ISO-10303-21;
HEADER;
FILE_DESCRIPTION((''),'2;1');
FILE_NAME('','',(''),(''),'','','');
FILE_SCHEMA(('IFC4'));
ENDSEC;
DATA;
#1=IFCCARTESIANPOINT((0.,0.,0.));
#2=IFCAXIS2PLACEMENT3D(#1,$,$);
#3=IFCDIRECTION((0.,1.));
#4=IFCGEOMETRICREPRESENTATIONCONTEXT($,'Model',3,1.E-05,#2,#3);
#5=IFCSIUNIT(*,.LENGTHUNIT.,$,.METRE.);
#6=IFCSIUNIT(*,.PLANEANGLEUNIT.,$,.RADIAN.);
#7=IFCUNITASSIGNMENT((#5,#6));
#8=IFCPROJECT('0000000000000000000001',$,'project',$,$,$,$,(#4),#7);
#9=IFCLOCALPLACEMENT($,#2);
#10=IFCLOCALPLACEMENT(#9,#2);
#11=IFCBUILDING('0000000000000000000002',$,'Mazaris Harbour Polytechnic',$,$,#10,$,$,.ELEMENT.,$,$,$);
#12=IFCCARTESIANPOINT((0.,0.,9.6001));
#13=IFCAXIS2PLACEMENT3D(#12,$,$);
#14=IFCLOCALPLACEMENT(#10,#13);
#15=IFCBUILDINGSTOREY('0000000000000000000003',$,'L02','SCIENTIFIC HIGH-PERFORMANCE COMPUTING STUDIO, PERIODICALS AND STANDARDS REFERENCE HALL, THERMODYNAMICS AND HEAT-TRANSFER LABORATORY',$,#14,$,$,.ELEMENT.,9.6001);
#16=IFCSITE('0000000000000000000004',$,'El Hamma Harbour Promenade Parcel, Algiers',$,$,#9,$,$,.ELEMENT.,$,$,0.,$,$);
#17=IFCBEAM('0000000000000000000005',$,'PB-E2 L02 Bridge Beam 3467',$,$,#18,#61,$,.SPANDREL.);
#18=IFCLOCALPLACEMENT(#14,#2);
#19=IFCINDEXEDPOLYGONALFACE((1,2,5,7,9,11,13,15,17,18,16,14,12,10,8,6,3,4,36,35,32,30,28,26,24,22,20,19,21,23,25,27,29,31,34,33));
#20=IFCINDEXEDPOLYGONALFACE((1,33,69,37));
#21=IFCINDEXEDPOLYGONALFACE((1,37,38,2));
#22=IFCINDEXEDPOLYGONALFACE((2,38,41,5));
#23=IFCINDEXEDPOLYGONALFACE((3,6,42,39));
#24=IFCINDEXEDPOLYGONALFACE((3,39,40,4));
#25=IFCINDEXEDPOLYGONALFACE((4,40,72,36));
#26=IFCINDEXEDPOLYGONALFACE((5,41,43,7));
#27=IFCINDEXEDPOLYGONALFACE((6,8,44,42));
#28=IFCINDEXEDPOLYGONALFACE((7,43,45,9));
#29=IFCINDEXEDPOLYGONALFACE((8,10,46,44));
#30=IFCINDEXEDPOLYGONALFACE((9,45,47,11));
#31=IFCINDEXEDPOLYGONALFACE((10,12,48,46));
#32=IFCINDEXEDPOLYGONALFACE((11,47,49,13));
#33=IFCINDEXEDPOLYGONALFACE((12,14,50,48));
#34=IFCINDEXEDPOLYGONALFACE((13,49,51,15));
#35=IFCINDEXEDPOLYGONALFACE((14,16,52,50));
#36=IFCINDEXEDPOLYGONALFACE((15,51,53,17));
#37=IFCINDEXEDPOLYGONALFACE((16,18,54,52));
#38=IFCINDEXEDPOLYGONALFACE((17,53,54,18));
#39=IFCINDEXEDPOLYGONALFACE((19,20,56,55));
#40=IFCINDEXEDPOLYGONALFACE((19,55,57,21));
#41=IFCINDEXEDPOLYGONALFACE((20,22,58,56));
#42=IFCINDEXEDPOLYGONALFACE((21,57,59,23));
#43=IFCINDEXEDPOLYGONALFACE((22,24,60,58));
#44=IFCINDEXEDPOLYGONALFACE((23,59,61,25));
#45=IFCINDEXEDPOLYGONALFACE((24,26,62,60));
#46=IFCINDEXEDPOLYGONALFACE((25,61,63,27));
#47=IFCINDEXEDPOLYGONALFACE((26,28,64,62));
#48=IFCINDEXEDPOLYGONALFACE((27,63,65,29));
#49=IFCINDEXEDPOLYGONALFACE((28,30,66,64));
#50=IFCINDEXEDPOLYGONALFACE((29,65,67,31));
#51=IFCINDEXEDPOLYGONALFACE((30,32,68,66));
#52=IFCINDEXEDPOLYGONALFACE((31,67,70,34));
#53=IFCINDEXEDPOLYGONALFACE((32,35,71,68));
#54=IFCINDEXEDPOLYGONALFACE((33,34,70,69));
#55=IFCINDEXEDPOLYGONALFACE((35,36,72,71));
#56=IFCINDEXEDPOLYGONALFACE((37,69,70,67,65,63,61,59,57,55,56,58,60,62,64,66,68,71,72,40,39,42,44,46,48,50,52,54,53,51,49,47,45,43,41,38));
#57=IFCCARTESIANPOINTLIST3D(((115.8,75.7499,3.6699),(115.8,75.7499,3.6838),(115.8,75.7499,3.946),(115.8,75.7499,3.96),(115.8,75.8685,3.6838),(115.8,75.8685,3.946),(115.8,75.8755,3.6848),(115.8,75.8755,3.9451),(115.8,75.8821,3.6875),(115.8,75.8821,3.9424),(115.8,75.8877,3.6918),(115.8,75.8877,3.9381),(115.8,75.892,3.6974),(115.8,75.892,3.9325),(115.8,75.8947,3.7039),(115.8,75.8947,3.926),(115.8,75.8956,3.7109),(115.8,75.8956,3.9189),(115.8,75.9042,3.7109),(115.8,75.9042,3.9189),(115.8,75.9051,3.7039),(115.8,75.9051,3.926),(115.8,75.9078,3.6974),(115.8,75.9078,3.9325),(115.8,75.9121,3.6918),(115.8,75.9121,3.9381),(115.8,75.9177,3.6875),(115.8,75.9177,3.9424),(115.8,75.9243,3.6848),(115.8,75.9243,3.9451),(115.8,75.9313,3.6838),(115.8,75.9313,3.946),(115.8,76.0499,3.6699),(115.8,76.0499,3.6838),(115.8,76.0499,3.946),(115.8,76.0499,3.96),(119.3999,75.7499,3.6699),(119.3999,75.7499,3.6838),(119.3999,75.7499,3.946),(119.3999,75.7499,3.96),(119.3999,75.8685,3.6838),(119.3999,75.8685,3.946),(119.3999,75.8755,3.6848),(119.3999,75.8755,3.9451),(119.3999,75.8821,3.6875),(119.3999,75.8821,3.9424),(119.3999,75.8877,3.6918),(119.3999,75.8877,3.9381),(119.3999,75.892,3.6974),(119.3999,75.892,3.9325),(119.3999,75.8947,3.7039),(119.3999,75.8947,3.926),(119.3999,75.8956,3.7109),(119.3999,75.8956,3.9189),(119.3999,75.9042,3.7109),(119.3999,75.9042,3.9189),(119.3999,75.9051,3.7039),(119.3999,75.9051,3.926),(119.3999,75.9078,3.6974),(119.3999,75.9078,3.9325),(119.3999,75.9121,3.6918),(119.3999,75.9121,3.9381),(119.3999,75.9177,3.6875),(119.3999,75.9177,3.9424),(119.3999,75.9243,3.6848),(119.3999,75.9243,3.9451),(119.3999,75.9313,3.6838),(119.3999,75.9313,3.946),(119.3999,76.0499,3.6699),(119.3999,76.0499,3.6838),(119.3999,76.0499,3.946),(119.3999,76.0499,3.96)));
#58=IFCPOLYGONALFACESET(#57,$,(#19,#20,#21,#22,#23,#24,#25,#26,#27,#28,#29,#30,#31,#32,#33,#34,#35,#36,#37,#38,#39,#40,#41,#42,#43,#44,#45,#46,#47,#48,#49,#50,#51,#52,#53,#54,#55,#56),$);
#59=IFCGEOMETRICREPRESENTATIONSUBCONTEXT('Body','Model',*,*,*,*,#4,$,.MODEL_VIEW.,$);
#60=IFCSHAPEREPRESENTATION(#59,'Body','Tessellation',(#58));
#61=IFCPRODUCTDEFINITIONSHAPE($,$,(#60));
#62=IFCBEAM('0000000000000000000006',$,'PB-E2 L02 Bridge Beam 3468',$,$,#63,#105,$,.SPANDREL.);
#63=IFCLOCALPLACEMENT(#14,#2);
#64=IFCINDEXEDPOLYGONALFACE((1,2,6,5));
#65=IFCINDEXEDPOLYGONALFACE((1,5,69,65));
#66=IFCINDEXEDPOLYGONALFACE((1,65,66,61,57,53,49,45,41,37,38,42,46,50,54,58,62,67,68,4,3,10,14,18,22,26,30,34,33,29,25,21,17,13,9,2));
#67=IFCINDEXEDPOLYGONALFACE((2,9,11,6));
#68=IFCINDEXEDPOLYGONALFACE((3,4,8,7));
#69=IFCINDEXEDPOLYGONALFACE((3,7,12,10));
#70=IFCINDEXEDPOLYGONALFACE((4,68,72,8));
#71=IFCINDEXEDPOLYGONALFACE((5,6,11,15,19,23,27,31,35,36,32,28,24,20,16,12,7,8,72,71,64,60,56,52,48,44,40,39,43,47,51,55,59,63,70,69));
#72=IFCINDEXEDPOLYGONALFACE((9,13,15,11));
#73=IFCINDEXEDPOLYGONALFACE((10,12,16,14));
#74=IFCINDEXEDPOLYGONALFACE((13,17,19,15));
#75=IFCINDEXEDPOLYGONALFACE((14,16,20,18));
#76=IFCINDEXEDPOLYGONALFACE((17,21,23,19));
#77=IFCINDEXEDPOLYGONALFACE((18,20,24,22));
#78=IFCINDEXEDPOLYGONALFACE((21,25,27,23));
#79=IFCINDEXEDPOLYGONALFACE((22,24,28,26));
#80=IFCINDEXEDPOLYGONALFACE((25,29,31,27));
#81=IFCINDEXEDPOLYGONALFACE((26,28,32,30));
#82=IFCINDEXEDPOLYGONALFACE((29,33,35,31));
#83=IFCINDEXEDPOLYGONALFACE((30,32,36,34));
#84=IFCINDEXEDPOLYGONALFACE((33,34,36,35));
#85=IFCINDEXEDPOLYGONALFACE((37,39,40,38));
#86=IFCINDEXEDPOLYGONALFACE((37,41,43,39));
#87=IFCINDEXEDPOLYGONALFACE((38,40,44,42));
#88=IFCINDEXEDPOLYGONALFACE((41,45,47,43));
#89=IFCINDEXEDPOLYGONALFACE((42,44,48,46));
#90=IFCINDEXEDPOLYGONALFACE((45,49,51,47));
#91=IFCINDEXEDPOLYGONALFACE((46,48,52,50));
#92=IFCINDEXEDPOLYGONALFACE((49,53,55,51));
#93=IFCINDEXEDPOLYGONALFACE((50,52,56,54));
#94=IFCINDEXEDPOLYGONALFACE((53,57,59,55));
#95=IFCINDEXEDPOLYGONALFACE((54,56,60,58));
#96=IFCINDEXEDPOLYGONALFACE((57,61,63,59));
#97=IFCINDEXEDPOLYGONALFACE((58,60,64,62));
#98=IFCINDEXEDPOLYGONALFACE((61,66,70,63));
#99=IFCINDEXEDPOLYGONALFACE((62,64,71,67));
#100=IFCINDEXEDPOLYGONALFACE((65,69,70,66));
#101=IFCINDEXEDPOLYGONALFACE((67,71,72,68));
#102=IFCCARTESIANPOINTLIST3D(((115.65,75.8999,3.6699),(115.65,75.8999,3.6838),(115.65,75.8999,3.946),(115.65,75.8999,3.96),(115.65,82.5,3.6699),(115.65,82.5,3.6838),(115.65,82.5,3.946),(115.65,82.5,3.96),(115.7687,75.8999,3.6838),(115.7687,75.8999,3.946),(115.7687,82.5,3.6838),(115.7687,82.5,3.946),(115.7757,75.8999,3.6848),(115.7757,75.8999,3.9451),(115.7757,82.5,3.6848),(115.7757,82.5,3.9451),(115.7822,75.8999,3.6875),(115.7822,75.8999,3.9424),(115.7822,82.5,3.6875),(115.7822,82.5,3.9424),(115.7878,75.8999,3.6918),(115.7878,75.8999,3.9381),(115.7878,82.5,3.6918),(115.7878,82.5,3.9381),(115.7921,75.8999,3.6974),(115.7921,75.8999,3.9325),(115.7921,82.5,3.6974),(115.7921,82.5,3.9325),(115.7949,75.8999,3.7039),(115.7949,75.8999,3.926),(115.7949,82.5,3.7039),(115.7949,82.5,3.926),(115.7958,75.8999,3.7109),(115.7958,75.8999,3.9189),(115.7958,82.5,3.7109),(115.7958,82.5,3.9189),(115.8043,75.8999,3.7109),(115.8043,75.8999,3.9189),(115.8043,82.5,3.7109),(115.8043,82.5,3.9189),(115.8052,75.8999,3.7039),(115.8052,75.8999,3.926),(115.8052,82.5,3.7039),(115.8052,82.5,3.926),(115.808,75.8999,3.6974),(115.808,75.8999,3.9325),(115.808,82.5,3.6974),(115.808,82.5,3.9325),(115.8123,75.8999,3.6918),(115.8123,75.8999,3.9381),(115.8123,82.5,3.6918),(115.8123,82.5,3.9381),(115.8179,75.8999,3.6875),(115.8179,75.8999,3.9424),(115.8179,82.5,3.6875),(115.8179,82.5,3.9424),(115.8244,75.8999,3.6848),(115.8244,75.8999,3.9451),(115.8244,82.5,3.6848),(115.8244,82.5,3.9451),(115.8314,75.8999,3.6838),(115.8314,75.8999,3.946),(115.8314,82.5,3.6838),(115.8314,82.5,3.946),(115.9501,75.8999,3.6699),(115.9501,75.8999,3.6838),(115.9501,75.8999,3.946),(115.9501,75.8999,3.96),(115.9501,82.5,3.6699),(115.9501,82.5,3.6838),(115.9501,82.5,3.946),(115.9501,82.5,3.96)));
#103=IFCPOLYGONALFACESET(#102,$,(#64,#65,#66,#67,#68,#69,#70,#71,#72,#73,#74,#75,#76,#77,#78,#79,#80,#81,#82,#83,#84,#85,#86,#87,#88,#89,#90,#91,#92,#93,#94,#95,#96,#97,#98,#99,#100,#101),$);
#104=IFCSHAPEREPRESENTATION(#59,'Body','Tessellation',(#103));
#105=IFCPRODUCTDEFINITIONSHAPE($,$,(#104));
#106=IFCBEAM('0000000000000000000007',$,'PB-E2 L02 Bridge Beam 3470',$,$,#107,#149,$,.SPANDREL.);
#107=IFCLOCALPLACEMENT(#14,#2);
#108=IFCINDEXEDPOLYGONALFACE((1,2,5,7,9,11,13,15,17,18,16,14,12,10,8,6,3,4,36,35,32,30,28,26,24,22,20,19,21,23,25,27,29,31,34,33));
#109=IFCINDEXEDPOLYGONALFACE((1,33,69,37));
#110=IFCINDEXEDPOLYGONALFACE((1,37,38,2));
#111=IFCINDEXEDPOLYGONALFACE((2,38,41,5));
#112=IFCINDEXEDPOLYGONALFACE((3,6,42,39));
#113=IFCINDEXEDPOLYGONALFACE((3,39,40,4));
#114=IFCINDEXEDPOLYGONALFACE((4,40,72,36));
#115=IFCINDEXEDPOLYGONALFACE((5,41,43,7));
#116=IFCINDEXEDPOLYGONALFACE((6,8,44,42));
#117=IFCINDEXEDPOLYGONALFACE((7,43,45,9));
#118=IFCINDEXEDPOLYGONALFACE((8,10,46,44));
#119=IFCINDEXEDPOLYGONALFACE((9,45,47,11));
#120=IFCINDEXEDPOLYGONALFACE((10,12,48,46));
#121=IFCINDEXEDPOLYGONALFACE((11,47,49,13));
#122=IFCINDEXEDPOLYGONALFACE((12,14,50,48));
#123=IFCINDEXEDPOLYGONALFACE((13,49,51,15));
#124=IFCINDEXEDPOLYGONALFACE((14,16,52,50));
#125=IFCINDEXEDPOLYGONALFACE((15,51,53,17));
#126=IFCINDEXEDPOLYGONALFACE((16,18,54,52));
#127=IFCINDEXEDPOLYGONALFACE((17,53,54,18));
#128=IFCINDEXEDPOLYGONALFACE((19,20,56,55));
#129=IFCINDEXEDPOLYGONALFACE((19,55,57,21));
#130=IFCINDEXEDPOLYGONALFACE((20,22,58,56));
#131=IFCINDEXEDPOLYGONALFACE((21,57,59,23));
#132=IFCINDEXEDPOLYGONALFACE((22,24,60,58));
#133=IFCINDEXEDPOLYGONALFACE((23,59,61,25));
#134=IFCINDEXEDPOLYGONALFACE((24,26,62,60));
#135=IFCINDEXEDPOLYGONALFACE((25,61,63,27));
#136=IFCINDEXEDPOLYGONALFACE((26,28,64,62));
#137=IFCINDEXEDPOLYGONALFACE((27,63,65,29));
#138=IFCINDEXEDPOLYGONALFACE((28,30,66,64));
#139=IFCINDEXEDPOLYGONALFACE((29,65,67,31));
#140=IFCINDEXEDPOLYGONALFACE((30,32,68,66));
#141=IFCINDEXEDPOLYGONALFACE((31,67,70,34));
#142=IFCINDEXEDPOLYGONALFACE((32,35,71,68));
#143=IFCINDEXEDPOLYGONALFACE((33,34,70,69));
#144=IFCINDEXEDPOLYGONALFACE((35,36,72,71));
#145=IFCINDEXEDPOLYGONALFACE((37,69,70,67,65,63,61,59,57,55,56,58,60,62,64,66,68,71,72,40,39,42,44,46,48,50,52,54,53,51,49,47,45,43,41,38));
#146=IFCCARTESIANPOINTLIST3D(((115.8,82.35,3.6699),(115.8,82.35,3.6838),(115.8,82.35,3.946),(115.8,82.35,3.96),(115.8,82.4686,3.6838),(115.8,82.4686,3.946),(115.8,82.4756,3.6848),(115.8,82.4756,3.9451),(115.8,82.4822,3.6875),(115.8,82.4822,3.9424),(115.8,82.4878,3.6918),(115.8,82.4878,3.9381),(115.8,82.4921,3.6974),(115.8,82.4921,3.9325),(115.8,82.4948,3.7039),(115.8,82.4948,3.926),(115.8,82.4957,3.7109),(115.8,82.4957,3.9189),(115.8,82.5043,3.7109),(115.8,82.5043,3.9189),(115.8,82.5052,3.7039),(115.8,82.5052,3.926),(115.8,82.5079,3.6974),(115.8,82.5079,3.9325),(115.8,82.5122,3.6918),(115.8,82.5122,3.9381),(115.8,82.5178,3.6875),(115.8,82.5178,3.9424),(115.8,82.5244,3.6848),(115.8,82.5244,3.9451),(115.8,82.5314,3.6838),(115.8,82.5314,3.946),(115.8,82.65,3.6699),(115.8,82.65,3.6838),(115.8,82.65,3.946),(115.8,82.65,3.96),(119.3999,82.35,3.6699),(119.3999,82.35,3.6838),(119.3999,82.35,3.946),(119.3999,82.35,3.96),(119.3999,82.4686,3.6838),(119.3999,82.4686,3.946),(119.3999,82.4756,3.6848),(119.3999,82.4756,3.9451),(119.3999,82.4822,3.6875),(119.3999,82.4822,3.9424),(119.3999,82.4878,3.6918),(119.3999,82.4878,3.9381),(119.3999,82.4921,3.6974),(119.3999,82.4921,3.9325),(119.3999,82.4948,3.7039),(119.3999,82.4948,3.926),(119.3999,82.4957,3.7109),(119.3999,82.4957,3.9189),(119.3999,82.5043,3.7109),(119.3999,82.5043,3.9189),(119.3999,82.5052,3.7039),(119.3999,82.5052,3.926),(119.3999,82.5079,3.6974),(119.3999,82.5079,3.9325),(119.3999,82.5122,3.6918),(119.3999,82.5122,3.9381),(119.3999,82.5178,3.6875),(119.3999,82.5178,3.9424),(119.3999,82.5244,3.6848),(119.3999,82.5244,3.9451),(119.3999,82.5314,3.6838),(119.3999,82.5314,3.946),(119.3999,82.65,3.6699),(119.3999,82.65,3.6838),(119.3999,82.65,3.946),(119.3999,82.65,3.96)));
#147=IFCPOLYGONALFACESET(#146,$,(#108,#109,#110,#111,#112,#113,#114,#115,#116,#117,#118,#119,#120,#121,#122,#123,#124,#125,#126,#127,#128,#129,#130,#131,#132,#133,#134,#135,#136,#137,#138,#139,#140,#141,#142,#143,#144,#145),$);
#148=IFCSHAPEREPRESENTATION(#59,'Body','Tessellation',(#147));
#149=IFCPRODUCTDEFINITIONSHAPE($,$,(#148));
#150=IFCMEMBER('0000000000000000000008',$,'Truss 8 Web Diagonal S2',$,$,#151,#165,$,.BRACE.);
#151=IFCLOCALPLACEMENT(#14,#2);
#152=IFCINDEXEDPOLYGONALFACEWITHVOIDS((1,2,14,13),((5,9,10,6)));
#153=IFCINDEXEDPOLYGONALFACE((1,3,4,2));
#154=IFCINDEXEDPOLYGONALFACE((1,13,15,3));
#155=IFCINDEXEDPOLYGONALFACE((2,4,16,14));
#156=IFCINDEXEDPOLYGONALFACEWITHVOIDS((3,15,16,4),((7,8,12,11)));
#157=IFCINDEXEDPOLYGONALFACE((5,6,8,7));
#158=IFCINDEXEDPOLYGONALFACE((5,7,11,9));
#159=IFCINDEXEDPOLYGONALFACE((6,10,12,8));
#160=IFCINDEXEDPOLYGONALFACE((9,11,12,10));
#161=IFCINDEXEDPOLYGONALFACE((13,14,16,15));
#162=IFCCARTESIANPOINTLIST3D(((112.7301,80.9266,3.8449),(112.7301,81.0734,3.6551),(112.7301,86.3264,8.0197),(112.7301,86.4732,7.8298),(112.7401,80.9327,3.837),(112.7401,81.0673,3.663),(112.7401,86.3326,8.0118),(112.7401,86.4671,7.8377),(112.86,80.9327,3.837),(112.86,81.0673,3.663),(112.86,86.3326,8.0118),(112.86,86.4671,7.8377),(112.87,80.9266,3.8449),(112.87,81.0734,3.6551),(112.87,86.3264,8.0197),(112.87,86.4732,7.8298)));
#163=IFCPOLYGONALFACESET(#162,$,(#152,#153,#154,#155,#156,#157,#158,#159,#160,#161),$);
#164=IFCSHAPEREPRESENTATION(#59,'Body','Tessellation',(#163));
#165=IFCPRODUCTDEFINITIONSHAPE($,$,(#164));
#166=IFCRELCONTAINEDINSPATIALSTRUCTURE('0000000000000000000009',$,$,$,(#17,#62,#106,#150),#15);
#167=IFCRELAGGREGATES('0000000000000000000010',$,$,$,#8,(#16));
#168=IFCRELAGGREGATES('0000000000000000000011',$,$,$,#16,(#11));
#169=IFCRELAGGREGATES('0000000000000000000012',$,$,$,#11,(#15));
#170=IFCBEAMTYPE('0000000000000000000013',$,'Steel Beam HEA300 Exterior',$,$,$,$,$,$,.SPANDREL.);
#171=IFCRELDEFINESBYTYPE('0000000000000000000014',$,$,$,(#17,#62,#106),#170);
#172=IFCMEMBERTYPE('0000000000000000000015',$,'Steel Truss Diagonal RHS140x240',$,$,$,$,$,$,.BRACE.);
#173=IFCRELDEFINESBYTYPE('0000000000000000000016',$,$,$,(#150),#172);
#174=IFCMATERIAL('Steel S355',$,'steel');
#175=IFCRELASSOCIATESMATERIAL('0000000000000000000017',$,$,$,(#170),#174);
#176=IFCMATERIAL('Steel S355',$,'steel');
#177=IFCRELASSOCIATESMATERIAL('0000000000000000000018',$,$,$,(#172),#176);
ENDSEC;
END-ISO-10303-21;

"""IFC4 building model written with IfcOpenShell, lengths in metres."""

from ifc_helpers import new_model, si_unit, direction, frame, origin, origin_2d, place, context, subcontext, project, spatial, hollow_rectangle, i_section, extrude, material, material_profile, profile_set, type_object, element, save


model = new_model("IFC4")

# Units and contexts
model_context = context("Model", 3, precision=1e-05, world=origin(), true_north=direction((0.0, 1.0)))
body_context = subcontext(model_context, "Body", "Model", "MODEL_VIEW")
ifc_project = project(units=[si_unit("LENGTHUNIT", "METRE"), si_unit("PLANEANGLEUNIT", "RADIAN")], contexts=[model_context])

# Site, building, storey
site_placement = place(None, origin())
site = spatial("IfcSite", under=ifc_project, at=site_placement, Name="El Hamma Harbour Promenade Parcel, Algiers", CompositionType="ELEMENT", RefElevation=0.0)
building_placement = place(site_placement, origin())
building = spatial("IfcBuilding", under=site, at=building_placement, Name="Mazaris Harbour Polytechnic", CompositionType="ELEMENT")
storey_placement = place(building_placement, frame((0.0, 0.0, 9.6001)))
storey = spatial("IfcBuildingStorey", under=building, at=storey_placement, Name="L02", Description="SCIENTIFIC HIGH-PERFORMANCE COMPUTING STUDIO, PERIODICALS AND STANDARDS REFERENCE HALL, THERMODYNAMICS AND HEAT-TRANSFER LABORATORY", CompositionType="ELEMENT", Elevation=9.6001)

# Beams
ifc_material_1 = material(Name="Steel S355", Category="steel")
ifc_material_profile_1 = material_profile(ifc_material_1, i_section(OverallWidth=0.3, OverallDepth=0.29, WebThickness=0.0085, FlangeThickness=0.0139, FilletRadius=0.0271, at=origin_2d()), Name="HEA 300")
ifc_profile_set_1 = profile_set([ifc_material_profile_1], Name="Steel S355")
beam_type = type_object("IfcBeamType", Name="Steel Beam HEA300 Exterior", PredefinedType="SPANDREL", material=ifc_profile_set_1)
beam_1_placement = place(storey_placement, frame((115.8, 75.8999, 3.8149), z_axis=(1.0, 0.0, 0.0), x_axis=(0.0, 1.0, 0.0)))
element("IfcBeam", 1, at=beam_1_placement, inside=storey, type_object=beam_type, Name="PB-E2 L02 Bridge Beam 3467", PredefinedType="SPANDREL", context=body_context, shape_type="SweptSolid", body=[
    extrude(i_section(OverallWidth=0.3, OverallDepth=0.29, WebThickness=0.0085, FlangeThickness=0.0139, FilletRadius=0.0271, at=origin_2d()), origin(), (0.0, 0.0, 1.0), 3.5999),
])
beam_2_placement = place(storey_placement, frame((115.8, 75.8999, 3.8149), z_axis=(0.0, 1.0, 0.0), x_axis=(-1.0, 0.0, 0.0)))
element("IfcBeam", 2, at=beam_2_placement, inside=storey, type_object=beam_type, Name="PB-E2 L02 Bridge Beam 3468", PredefinedType="SPANDREL", context=body_context, shape_type="SweptSolid", body=[
    extrude(i_section(OverallWidth=0.3, OverallDepth=0.29, WebThickness=0.0085, FlangeThickness=0.0139, FilletRadius=0.0271, at=origin_2d()), origin(), (0.0, 0.0, 1.0), 6.6001),
])
beam_3_placement = place(storey_placement, frame((115.8, 82.5, 3.8149), z_axis=(1.0, 0.0, 0.0), x_axis=(0.0, 1.0, 0.0)))
element("IfcBeam", 3, at=beam_3_placement, inside=storey, type_object=beam_type, Name="PB-E2 L02 Bridge Beam 3470", PredefinedType="SPANDREL", context=body_context, shape_type="SweptSolid", body=[
    extrude(i_section(OverallWidth=0.3, OverallDepth=0.29, WebThickness=0.0085, FlangeThickness=0.0139, FilletRadius=0.0271, at=origin_2d()), origin(), (0.0, 0.0, 1.0), 3.5999),
])

# Member
ifc_material_2 = material(Name="Steel S355", Category="steel")
ifc_material_profile_2 = material_profile(ifc_material_2, hollow_rectangle(XDim=0.1399, YDim=0.24, WallThickness=0.01, at=origin_2d()), Name="RHS 140x240x10.0")
ifc_profile_set_2 = profile_set([ifc_material_profile_2], Name="Steel S355")
member_type_1 = type_object("IfcMemberType", Name="Steel Truss Diagonal RHS140x240", PredefinedType="BRACE", material=ifc_profile_set_2)
member_1_placement = place(storey_placement, frame((112.8, 81.0, 3.75), z_axis=(0.0, 0.791132, 0.611645), x_axis=(-1.0, 0.0, 0.0)))
element("IfcMember", 4, at=member_1_placement, inside=storey, type_object=member_type_1, Name="Truss 8 Web Diagonal S2", PredefinedType="BRACE", context=body_context, shape_type="SweptSolid", body=[
    extrude(hollow_rectangle(XDim=0.1399, YDim=0.24, WallThickness=0.01, at=origin_2d()), origin(), (0.0, 0.0, 1.0), 6.8254),
])

save(model, "model.ifc")
